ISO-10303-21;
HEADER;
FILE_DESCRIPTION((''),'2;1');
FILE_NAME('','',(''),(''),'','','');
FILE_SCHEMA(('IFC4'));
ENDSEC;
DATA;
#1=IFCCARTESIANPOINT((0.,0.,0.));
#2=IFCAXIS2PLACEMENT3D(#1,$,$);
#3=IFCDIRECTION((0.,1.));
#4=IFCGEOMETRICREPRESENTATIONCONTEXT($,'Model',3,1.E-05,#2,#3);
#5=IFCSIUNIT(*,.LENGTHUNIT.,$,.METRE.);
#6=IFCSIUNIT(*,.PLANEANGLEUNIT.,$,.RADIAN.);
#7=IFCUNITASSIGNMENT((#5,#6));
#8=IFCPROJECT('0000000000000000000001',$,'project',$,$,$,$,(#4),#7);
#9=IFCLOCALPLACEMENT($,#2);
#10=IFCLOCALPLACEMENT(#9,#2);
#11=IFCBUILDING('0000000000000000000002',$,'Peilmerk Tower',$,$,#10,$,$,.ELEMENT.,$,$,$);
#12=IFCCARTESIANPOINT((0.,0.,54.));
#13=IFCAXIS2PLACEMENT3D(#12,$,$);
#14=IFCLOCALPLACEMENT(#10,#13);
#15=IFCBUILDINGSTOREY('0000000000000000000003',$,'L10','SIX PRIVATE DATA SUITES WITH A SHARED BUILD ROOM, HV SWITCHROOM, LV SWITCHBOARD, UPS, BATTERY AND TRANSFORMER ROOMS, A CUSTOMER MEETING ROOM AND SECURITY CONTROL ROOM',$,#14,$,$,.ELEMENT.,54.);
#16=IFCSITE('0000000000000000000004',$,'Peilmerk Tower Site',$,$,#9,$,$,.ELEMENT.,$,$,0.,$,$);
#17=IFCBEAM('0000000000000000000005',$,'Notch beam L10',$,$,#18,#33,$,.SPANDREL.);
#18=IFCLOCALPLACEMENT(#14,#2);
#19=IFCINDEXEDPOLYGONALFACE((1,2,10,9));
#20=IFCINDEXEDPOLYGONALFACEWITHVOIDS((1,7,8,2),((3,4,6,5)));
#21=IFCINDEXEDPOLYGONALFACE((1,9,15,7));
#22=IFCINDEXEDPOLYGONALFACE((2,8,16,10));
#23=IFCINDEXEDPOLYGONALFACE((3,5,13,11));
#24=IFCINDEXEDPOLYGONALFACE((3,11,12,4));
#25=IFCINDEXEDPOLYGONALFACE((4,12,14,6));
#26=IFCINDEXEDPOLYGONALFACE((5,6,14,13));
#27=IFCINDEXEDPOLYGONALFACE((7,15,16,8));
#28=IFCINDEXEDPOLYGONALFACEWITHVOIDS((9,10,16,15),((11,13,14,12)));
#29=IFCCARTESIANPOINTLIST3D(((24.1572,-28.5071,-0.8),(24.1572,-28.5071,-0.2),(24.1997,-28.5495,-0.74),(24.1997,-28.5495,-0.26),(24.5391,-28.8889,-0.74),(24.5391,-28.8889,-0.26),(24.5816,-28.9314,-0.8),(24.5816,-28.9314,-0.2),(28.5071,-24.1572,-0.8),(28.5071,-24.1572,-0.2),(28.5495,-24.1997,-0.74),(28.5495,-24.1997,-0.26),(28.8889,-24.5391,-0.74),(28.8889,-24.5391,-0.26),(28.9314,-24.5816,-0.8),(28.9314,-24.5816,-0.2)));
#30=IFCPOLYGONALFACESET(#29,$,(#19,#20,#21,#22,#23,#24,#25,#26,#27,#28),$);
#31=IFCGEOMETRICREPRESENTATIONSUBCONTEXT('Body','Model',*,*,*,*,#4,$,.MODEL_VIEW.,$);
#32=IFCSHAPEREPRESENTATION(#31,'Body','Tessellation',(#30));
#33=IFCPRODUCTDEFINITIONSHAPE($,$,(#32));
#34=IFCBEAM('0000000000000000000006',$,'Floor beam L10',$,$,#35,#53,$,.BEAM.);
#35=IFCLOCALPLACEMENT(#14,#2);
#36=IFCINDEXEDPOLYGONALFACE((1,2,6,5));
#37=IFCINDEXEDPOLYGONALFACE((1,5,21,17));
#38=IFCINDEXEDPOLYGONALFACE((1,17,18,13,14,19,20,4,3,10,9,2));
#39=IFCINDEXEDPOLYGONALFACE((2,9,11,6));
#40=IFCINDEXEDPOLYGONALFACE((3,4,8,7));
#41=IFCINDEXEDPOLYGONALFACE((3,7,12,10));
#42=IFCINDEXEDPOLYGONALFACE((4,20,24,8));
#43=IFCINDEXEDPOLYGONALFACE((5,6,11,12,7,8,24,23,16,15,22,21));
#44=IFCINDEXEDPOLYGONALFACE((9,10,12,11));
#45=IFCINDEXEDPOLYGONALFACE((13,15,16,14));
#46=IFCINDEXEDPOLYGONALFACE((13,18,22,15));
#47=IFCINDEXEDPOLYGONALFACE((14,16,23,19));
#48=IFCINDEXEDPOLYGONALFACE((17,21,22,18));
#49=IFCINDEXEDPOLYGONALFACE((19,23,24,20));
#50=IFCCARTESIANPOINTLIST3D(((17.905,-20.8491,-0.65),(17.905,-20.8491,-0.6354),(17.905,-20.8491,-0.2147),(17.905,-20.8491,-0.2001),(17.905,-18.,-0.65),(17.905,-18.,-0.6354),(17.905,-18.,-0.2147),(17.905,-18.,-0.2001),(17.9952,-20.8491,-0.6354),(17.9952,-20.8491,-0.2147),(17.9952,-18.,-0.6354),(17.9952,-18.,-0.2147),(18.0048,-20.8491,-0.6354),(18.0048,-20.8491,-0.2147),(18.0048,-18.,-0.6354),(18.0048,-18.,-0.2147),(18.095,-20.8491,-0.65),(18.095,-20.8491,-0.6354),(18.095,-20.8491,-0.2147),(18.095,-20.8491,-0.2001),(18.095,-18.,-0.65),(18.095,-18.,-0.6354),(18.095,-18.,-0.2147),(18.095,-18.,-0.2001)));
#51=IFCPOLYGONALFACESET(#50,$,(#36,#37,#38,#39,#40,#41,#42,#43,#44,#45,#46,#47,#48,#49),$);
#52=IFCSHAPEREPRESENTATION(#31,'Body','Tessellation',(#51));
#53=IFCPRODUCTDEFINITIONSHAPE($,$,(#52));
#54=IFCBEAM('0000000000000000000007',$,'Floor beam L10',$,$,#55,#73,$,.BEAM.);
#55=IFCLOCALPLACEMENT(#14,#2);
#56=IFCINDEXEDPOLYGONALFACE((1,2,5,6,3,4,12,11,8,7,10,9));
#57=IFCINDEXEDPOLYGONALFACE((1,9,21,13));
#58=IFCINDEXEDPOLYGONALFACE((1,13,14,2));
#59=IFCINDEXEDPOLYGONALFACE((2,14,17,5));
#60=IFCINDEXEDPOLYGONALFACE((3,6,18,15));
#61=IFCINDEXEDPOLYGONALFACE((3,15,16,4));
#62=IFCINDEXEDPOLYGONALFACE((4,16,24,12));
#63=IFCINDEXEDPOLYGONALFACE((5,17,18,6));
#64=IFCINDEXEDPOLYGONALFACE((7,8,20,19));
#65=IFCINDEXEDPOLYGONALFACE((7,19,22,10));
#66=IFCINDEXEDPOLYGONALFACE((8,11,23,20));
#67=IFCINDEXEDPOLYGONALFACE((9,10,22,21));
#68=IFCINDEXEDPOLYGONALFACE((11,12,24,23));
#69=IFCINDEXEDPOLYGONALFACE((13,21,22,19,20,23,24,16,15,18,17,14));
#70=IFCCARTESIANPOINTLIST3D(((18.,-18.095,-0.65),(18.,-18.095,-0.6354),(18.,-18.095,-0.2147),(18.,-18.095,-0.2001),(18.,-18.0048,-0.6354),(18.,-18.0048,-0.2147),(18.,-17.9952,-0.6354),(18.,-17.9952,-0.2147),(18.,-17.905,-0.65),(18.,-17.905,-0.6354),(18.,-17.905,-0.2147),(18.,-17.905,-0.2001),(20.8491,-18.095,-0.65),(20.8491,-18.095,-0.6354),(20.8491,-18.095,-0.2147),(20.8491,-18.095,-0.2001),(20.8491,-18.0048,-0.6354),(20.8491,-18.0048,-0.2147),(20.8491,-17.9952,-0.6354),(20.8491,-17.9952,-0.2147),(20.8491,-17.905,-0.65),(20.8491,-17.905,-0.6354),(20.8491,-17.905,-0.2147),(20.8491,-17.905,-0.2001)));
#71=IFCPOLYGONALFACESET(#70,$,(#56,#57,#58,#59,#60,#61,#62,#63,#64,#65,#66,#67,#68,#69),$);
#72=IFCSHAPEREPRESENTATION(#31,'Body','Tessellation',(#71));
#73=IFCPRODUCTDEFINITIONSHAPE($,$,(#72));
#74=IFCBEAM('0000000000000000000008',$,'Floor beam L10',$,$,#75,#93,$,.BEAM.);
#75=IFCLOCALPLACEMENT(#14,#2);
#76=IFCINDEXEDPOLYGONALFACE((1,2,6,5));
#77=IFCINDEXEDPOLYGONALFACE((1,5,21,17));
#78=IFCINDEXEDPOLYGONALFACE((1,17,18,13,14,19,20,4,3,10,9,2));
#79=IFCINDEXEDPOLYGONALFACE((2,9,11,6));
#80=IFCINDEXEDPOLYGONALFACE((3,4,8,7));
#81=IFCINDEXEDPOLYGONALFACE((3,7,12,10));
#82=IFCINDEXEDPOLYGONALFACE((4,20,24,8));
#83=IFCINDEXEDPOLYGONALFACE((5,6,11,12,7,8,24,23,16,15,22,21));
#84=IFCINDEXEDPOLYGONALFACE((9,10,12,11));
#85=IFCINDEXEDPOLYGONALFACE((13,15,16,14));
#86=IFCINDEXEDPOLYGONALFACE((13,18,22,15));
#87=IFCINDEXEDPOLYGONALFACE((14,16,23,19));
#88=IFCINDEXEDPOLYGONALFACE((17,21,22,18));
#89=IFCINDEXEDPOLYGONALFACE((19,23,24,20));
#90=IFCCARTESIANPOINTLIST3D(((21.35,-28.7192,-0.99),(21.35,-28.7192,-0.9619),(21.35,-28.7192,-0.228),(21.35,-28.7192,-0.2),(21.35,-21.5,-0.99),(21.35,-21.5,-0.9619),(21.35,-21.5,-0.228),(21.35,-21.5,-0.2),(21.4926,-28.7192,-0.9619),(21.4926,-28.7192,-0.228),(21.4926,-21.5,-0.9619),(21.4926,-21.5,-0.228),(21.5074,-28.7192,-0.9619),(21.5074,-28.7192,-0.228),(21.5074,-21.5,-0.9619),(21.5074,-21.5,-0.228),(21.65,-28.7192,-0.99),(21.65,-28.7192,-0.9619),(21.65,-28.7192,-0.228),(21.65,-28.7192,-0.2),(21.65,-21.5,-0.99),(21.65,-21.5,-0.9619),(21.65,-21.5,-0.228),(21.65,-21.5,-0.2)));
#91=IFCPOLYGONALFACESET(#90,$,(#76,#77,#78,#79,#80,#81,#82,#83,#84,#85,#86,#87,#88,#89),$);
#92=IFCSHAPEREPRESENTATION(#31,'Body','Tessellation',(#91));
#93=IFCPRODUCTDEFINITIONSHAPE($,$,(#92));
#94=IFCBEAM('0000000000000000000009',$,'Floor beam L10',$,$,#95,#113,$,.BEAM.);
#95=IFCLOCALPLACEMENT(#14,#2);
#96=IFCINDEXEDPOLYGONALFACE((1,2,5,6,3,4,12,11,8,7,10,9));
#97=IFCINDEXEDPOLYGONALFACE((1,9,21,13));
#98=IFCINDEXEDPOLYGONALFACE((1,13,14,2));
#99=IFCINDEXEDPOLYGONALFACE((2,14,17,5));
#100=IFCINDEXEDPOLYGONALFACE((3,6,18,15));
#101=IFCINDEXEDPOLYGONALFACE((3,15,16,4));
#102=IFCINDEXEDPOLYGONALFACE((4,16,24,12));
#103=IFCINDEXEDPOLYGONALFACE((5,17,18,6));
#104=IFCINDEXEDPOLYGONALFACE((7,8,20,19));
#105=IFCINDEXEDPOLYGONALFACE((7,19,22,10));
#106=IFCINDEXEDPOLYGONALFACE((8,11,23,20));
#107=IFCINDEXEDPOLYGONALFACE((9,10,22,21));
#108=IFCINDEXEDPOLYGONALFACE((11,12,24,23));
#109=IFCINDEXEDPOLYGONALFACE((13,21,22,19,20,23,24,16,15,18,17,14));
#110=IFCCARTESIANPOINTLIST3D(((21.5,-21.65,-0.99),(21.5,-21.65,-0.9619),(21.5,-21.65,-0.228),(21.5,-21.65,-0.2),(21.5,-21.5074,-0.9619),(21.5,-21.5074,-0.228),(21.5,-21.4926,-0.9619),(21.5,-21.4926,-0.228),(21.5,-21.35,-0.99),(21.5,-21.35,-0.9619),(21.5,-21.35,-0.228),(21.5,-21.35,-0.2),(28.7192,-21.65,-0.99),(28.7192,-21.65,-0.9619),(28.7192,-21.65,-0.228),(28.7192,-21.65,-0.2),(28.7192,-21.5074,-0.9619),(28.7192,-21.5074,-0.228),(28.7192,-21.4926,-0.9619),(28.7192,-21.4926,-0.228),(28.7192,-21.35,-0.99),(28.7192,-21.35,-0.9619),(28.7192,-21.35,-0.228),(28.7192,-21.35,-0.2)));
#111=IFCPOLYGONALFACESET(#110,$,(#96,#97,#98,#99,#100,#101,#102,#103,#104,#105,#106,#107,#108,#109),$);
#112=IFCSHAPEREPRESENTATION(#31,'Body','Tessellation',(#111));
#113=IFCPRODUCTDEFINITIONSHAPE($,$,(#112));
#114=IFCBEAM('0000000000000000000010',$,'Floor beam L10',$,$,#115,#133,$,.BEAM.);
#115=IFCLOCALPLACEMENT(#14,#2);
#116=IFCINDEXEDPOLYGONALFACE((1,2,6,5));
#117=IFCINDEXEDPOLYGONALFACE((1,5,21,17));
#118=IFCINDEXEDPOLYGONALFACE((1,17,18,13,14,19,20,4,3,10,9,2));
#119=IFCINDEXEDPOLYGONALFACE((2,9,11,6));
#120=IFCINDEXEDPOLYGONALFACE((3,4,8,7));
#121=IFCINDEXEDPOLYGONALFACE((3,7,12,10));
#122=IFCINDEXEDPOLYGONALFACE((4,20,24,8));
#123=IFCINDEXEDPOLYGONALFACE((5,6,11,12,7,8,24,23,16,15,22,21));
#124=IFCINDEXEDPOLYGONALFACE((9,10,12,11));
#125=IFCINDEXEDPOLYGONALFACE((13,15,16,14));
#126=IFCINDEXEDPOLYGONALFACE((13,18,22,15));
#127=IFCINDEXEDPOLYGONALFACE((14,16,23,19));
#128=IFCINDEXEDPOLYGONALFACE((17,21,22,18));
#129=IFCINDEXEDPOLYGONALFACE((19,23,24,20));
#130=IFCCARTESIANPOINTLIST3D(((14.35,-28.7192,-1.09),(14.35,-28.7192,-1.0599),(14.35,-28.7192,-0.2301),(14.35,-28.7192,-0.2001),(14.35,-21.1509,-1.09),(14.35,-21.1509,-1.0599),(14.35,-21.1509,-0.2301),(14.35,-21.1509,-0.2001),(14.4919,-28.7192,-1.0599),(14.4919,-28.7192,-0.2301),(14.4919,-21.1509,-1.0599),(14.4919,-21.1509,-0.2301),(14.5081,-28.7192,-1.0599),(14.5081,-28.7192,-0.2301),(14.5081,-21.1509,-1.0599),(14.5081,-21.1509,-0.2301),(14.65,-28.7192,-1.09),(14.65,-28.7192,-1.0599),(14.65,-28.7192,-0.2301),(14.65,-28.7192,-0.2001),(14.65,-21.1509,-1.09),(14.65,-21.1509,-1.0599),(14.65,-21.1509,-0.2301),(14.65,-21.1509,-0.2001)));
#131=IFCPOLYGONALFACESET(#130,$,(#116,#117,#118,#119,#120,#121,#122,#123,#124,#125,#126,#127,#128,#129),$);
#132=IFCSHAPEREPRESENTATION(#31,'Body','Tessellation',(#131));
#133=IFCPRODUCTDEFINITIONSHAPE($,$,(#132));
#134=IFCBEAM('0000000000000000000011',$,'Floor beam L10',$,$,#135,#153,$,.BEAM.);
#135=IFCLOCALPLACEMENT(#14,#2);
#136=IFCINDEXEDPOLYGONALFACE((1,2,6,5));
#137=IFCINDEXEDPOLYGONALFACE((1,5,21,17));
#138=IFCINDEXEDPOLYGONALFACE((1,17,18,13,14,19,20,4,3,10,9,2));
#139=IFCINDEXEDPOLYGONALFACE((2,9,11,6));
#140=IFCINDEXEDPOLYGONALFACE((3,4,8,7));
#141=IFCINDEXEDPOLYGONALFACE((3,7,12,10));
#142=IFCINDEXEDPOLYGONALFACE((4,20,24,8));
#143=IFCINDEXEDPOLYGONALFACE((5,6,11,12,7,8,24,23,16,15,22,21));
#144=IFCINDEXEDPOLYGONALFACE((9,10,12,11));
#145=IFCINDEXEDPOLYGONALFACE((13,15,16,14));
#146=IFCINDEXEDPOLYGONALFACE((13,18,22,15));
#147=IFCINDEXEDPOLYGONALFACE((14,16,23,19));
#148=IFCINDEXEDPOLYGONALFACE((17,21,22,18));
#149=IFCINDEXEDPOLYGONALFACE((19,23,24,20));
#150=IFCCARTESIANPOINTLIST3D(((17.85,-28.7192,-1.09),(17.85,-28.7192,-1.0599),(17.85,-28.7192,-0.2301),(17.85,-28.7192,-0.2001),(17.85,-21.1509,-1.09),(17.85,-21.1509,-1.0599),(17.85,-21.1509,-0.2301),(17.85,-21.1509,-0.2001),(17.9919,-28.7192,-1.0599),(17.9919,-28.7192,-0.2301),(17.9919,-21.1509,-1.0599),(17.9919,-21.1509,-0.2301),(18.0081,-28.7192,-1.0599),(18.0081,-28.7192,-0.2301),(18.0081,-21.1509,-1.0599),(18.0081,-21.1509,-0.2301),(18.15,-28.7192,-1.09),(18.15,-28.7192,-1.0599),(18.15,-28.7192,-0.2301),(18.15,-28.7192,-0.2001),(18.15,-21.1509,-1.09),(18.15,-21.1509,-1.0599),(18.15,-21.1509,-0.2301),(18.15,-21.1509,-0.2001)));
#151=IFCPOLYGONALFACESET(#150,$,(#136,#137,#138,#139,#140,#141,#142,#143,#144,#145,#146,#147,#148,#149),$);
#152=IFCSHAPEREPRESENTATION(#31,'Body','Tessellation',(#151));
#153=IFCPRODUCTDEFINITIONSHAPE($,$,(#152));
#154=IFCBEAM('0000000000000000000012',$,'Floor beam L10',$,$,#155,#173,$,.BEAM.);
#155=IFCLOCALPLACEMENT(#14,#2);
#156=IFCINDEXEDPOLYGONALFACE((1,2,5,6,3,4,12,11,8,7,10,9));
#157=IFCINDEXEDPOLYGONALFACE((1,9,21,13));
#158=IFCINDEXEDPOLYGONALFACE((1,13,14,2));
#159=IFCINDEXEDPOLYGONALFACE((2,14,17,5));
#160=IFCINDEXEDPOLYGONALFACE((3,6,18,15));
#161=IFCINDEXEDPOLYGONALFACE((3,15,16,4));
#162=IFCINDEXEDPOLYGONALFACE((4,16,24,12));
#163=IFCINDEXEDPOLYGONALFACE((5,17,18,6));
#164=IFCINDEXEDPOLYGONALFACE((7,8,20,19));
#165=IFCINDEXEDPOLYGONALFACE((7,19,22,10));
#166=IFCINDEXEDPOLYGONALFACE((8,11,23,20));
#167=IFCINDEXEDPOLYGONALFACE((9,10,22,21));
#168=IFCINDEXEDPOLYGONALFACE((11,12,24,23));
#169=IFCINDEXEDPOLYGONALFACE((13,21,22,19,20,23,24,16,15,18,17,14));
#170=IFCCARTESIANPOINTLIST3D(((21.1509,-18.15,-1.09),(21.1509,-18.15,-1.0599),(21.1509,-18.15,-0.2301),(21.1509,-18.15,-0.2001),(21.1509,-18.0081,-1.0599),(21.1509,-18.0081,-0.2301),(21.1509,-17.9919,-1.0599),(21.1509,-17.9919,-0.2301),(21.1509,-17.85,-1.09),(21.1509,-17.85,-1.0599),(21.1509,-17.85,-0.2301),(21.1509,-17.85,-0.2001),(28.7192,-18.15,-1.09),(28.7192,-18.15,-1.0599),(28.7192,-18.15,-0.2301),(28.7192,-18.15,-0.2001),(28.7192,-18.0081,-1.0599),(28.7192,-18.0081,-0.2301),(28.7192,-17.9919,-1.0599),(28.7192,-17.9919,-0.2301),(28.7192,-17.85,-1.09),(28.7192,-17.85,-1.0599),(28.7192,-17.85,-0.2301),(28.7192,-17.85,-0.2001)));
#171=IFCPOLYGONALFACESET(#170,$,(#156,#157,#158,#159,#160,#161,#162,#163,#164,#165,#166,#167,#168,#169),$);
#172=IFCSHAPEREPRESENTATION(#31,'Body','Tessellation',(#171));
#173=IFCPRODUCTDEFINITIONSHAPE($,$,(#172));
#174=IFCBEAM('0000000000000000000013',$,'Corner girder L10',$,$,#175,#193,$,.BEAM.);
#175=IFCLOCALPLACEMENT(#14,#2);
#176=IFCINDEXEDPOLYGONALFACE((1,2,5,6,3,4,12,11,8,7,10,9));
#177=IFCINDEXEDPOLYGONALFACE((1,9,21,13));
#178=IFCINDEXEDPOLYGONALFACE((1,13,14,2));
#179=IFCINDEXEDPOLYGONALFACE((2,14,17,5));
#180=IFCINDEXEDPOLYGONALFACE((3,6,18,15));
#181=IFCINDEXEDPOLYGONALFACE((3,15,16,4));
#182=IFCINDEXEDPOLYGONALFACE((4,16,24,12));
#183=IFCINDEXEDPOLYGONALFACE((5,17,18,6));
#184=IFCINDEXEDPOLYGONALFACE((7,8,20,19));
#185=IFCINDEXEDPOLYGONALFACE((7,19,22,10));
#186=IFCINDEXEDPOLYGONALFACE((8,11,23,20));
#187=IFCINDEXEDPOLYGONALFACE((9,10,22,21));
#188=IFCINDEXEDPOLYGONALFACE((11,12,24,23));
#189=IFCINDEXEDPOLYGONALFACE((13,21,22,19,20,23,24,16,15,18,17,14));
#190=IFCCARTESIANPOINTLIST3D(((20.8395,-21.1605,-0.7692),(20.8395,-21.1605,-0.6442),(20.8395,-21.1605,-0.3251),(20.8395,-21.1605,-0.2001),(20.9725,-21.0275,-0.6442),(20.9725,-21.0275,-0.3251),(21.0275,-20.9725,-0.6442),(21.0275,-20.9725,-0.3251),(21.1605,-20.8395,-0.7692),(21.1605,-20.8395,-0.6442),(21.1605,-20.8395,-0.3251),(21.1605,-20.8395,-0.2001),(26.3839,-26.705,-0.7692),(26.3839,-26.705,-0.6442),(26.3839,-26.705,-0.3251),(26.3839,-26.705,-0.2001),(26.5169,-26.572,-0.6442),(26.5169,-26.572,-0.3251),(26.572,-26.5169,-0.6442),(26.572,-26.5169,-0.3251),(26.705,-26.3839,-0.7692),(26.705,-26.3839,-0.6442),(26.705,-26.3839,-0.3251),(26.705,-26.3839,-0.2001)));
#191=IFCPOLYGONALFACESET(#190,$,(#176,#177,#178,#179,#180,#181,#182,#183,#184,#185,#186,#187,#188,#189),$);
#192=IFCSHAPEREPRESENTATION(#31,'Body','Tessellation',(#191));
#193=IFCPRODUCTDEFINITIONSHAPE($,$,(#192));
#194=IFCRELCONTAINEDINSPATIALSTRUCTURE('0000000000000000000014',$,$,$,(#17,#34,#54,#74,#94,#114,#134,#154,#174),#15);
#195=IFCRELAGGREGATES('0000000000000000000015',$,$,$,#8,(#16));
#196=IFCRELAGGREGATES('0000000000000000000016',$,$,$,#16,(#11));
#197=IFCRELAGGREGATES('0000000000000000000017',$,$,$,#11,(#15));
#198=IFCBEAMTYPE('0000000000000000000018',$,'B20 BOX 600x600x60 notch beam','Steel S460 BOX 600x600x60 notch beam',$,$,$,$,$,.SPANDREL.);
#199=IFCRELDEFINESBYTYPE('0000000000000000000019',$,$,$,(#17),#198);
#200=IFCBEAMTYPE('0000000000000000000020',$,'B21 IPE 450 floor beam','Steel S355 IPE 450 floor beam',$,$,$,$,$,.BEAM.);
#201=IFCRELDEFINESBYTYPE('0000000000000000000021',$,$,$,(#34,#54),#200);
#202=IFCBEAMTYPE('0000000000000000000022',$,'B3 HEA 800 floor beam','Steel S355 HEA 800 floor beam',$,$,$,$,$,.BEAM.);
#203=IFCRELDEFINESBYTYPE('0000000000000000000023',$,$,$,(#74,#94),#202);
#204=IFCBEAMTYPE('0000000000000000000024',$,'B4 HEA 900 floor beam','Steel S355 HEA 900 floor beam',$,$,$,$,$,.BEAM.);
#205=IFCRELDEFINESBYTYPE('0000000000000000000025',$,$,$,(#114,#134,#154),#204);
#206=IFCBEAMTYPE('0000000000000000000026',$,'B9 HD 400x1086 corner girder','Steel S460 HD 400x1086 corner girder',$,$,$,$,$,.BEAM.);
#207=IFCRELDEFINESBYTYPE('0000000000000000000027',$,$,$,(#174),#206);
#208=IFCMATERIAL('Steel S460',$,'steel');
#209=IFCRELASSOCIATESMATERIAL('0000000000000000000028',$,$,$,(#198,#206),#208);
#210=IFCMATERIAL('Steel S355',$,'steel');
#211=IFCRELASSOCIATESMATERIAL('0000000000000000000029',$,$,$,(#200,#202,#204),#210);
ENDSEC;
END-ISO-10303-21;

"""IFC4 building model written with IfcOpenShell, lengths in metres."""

from ifc_helpers import new_model, si_unit, direction, frame, origin, origin_2d, place, context, subcontext, project, spatial, hollow_rectangle, i_section, extrude, material, material_profile, profile_set, type_object, element, save


model = new_model("IFC4")

# Units and contexts
model_context = context("Model", 3, precision=1e-05, world=origin(), true_north=direction((0.0, 1.0)))
body_context = subcontext(model_context, "Body", "Model", "MODEL_VIEW")
ifc_project = project(units=[si_unit("LENGTHUNIT", "METRE"), si_unit("PLANEANGLEUNIT", "RADIAN")], contexts=[model_context])

# Site, building, storey
site_placement = place(None, origin())
site = spatial("IfcSite", under=ifc_project, at=site_placement, Name="Peilmerk Tower Site", CompositionType="ELEMENT", RefElevation=0.0)
building_placement = place(site_placement, origin())
building = spatial("IfcBuilding", under=site, at=building_placement, Name="Peilmerk Tower", CompositionType="ELEMENT")
storey_placement = place(building_placement, frame((0.0, 0.0, 54.0)))
storey = spatial("IfcBuildingStorey", under=building, at=storey_placement, Name="L10", Description="SIX PRIVATE DATA SUITES WITH A SHARED BUILD ROOM, HV SWITCHROOM, LV SWITCHBOARD, UPS, BATTERY AND TRANSFORMER ROOMS, A CUSTOMER MEETING ROOM AND SECURITY CONTROL ROOM", CompositionType="ELEMENT", Elevation=54.0)

# Beams
ifc_material_1 = material(Name="Steel S355", Category="steel")
ifc_material_2 = material(Name="Steel S460", Category="steel")
ifc_material_profile_1 = material_profile(ifc_material_2, hollow_rectangle(XDim=0.6001, YDim=0.6001, WallThickness=0.0601, at=origin_2d()), Name="BOX 600x600x60")
ifc_profile_set_1 = profile_set([ifc_material_profile_1], Name="Steel S460")
beam_type_1 = type_object("IfcBeamType", Name="B20 BOX 600x600x60 notch beam", Description="Steel S460 BOX 600x600x60 notch beam", PredefinedType="SPANDREL", material=ifc_profile_set_1)
beam_1_placement = place(storey_placement, frame((28.7192, -24.3694, -0.5), z_axis=(-0.707107, -0.707107, 0.0), x_axis=(0.707107, -0.707107, 0.0)))
element("IfcBeam", 1, at=beam_1_placement, inside=storey, type_object=beam_type_1, Name="Notch beam L10", PredefinedType="SPANDREL", context=body_context, shape_type="SweptSolid", body=[
    extrude(hollow_rectangle(XDim=0.6001, YDim=0.6001, WallThickness=0.0601, at=origin_2d()), origin(), (0.0, 0.0, 1.0), 6.1516),
])
ifc_material_profile_2 = material_profile(ifc_material_1, i_section(OverallWidth=0.1899, OverallDepth=0.45, WebThickness=0.0095, FlangeThickness=0.0146, at=origin_2d()), Name="IPE 450")
ifc_profile_set_2 = profile_set([ifc_material_profile_2], Name="Steel S355")
beam_type_2 = type_object("IfcBeamType", Name="B21 IPE 450 floor beam", Description="Steel S355 IPE 450 floor beam", PredefinedType="BEAM", material=ifc_profile_set_2)
for number, where, z_axis, x_axis, name in (
    (2, (18.0, -18.0, -0.425), (0.0, -1.0, 0.0), (1.0, 0.0, 0.0), "Floor beam L10"),
    (3, (18.0, -18.0, -0.425), (1.0, 0.0, 0.0), (0.0, 1.0, 0.0), "Floor beam L10"),
):
    element("IfcBeam", number, at=place(storey_placement, frame(where, z_axis=z_axis, x_axis=x_axis)), inside=storey, type_object=beam_type_2, Name=name, PredefinedType="BEAM", context=body_context, shape_type="SweptSolid", body=[
        extrude(i_section(OverallWidth=0.1899, OverallDepth=0.45, WebThickness=0.0095, FlangeThickness=0.0146, at=origin_2d()), origin(), (0.0, 0.0, 1.0), 2.8491),
    ])
ifc_material_profile_3 = material_profile(ifc_material_1, i_section(OverallWidth=0.3, OverallDepth=0.79, WebThickness=0.0149, FlangeThickness=0.0281, at=origin_2d()), Name="HEA 800")
ifc_profile_set_3 = profile_set([ifc_material_profile_3], Name="Steel S355")
beam_type_3 = type_object("IfcBeamType", Name="B3 HEA 800 floor beam", Description="Steel S355 HEA 800 floor beam", PredefinedType="BEAM", material=ifc_profile_set_3)
for number, where, z_axis, x_axis, name in (
    (4, (21.5, -21.5, -0.595), (0.0, -1.0, 0.0), (1.0, 0.0, 0.0), "Floor beam L10"),
    (5, (21.5, -21.5, -0.595), (1.0, 0.0, 0.0), (0.0, 1.0, 0.0), "Floor beam L10"),
):
    element("IfcBeam", number, at=place(storey_placement, frame(where, z_axis=z_axis, x_axis=x_axis)), inside=storey, type_object=beam_type_3, Name=name, PredefinedType="BEAM", context=body_context, shape_type="SweptSolid", body=[
        extrude(i_section(OverallWidth=0.3, OverallDepth=0.79, WebThickness=0.0149, FlangeThickness=0.0281, at=origin_2d()), origin(), (0.0, 0.0, 1.0), 7.2192),
    ])
ifc_material_profile_4 = material_profile(ifc_material_1, i_section(OverallWidth=0.3, OverallDepth=0.8899, WebThickness=0.0161, FlangeThickness=0.03, at=origin_2d()), Name="HEA 900")
ifc_profile_set_4 = profile_set([ifc_material_profile_4], Name="Steel S355")
beam_type_4 = type_object("IfcBeamType", Name="B4 HEA 900 floor beam", Description="Steel S355 HEA 900 floor beam", PredefinedType="BEAM", material=ifc_profile_set_4)
for number, where, z_axis, x_axis, name in (
    (6, (14.5, -21.1509, -0.645), (0.0, -1.0, 0.0), (1.0, 0.0, 0.0), "Floor beam L10"),
    (7, (18.0, -21.1509, -0.645), (0.0, -1.0, 0.0), (1.0, 0.0, 0.0), "Floor beam L10"),
    (8, (21.1509, -18.0, -0.645), (1.0, 0.0, 0.0), (0.0, 1.0, 0.0), "Floor beam L10"),
):
    element("IfcBeam", number, at=place(storey_placement, frame(where, z_axis=z_axis, x_axis=x_axis)), inside=storey, type_object=beam_type_4, Name=name, PredefinedType="BEAM", context=body_context, shape_type="SweptSolid", body=[
        extrude(i_section(OverallWidth=0.3, OverallDepth=0.8899, WebThickness=0.0161, FlangeThickness=0.03, at=origin_2d()), origin(), (0.0, 0.0, 1.0), 7.5684),
    ])
ifc_material_profile_5 = material_profile(ifc_material_2, i_section(OverallWidth=0.4541, OverallDepth=0.5691, WebThickness=0.0779, FlangeThickness=0.125, at=origin_2d()), Name="HD 400x1086")
ifc_profile_set_5 = profile_set([ifc_material_profile_5], Name="Steel S460")
beam_type_5 = type_object("IfcBeamType", Name="B9 HD 400x1086 corner girder", Description="Steel S460 HD 400x1086 corner girder", PredefinedType="BEAM", material=ifc_profile_set_5)
beam_2_placement = place(storey_placement, frame((21.0, -21.0, -0.4846), z_axis=(0.707107, -0.707107, 0.0), x_axis=(0.707107, 0.707107, 0.0)))
element("IfcBeam", 9, at=beam_2_placement, inside=storey, type_object=beam_type_5, Name="Corner girder L10", PredefinedType="BEAM", context=body_context, shape_type="SweptSolid", body=[
    extrude(i_section(OverallWidth=0.4541, OverallDepth=0.5691, WebThickness=0.0779, FlangeThickness=0.125, at=origin_2d()), origin(), (0.0, 0.0, 1.0), 7.8411),
])

save(model, "model.ifc")
